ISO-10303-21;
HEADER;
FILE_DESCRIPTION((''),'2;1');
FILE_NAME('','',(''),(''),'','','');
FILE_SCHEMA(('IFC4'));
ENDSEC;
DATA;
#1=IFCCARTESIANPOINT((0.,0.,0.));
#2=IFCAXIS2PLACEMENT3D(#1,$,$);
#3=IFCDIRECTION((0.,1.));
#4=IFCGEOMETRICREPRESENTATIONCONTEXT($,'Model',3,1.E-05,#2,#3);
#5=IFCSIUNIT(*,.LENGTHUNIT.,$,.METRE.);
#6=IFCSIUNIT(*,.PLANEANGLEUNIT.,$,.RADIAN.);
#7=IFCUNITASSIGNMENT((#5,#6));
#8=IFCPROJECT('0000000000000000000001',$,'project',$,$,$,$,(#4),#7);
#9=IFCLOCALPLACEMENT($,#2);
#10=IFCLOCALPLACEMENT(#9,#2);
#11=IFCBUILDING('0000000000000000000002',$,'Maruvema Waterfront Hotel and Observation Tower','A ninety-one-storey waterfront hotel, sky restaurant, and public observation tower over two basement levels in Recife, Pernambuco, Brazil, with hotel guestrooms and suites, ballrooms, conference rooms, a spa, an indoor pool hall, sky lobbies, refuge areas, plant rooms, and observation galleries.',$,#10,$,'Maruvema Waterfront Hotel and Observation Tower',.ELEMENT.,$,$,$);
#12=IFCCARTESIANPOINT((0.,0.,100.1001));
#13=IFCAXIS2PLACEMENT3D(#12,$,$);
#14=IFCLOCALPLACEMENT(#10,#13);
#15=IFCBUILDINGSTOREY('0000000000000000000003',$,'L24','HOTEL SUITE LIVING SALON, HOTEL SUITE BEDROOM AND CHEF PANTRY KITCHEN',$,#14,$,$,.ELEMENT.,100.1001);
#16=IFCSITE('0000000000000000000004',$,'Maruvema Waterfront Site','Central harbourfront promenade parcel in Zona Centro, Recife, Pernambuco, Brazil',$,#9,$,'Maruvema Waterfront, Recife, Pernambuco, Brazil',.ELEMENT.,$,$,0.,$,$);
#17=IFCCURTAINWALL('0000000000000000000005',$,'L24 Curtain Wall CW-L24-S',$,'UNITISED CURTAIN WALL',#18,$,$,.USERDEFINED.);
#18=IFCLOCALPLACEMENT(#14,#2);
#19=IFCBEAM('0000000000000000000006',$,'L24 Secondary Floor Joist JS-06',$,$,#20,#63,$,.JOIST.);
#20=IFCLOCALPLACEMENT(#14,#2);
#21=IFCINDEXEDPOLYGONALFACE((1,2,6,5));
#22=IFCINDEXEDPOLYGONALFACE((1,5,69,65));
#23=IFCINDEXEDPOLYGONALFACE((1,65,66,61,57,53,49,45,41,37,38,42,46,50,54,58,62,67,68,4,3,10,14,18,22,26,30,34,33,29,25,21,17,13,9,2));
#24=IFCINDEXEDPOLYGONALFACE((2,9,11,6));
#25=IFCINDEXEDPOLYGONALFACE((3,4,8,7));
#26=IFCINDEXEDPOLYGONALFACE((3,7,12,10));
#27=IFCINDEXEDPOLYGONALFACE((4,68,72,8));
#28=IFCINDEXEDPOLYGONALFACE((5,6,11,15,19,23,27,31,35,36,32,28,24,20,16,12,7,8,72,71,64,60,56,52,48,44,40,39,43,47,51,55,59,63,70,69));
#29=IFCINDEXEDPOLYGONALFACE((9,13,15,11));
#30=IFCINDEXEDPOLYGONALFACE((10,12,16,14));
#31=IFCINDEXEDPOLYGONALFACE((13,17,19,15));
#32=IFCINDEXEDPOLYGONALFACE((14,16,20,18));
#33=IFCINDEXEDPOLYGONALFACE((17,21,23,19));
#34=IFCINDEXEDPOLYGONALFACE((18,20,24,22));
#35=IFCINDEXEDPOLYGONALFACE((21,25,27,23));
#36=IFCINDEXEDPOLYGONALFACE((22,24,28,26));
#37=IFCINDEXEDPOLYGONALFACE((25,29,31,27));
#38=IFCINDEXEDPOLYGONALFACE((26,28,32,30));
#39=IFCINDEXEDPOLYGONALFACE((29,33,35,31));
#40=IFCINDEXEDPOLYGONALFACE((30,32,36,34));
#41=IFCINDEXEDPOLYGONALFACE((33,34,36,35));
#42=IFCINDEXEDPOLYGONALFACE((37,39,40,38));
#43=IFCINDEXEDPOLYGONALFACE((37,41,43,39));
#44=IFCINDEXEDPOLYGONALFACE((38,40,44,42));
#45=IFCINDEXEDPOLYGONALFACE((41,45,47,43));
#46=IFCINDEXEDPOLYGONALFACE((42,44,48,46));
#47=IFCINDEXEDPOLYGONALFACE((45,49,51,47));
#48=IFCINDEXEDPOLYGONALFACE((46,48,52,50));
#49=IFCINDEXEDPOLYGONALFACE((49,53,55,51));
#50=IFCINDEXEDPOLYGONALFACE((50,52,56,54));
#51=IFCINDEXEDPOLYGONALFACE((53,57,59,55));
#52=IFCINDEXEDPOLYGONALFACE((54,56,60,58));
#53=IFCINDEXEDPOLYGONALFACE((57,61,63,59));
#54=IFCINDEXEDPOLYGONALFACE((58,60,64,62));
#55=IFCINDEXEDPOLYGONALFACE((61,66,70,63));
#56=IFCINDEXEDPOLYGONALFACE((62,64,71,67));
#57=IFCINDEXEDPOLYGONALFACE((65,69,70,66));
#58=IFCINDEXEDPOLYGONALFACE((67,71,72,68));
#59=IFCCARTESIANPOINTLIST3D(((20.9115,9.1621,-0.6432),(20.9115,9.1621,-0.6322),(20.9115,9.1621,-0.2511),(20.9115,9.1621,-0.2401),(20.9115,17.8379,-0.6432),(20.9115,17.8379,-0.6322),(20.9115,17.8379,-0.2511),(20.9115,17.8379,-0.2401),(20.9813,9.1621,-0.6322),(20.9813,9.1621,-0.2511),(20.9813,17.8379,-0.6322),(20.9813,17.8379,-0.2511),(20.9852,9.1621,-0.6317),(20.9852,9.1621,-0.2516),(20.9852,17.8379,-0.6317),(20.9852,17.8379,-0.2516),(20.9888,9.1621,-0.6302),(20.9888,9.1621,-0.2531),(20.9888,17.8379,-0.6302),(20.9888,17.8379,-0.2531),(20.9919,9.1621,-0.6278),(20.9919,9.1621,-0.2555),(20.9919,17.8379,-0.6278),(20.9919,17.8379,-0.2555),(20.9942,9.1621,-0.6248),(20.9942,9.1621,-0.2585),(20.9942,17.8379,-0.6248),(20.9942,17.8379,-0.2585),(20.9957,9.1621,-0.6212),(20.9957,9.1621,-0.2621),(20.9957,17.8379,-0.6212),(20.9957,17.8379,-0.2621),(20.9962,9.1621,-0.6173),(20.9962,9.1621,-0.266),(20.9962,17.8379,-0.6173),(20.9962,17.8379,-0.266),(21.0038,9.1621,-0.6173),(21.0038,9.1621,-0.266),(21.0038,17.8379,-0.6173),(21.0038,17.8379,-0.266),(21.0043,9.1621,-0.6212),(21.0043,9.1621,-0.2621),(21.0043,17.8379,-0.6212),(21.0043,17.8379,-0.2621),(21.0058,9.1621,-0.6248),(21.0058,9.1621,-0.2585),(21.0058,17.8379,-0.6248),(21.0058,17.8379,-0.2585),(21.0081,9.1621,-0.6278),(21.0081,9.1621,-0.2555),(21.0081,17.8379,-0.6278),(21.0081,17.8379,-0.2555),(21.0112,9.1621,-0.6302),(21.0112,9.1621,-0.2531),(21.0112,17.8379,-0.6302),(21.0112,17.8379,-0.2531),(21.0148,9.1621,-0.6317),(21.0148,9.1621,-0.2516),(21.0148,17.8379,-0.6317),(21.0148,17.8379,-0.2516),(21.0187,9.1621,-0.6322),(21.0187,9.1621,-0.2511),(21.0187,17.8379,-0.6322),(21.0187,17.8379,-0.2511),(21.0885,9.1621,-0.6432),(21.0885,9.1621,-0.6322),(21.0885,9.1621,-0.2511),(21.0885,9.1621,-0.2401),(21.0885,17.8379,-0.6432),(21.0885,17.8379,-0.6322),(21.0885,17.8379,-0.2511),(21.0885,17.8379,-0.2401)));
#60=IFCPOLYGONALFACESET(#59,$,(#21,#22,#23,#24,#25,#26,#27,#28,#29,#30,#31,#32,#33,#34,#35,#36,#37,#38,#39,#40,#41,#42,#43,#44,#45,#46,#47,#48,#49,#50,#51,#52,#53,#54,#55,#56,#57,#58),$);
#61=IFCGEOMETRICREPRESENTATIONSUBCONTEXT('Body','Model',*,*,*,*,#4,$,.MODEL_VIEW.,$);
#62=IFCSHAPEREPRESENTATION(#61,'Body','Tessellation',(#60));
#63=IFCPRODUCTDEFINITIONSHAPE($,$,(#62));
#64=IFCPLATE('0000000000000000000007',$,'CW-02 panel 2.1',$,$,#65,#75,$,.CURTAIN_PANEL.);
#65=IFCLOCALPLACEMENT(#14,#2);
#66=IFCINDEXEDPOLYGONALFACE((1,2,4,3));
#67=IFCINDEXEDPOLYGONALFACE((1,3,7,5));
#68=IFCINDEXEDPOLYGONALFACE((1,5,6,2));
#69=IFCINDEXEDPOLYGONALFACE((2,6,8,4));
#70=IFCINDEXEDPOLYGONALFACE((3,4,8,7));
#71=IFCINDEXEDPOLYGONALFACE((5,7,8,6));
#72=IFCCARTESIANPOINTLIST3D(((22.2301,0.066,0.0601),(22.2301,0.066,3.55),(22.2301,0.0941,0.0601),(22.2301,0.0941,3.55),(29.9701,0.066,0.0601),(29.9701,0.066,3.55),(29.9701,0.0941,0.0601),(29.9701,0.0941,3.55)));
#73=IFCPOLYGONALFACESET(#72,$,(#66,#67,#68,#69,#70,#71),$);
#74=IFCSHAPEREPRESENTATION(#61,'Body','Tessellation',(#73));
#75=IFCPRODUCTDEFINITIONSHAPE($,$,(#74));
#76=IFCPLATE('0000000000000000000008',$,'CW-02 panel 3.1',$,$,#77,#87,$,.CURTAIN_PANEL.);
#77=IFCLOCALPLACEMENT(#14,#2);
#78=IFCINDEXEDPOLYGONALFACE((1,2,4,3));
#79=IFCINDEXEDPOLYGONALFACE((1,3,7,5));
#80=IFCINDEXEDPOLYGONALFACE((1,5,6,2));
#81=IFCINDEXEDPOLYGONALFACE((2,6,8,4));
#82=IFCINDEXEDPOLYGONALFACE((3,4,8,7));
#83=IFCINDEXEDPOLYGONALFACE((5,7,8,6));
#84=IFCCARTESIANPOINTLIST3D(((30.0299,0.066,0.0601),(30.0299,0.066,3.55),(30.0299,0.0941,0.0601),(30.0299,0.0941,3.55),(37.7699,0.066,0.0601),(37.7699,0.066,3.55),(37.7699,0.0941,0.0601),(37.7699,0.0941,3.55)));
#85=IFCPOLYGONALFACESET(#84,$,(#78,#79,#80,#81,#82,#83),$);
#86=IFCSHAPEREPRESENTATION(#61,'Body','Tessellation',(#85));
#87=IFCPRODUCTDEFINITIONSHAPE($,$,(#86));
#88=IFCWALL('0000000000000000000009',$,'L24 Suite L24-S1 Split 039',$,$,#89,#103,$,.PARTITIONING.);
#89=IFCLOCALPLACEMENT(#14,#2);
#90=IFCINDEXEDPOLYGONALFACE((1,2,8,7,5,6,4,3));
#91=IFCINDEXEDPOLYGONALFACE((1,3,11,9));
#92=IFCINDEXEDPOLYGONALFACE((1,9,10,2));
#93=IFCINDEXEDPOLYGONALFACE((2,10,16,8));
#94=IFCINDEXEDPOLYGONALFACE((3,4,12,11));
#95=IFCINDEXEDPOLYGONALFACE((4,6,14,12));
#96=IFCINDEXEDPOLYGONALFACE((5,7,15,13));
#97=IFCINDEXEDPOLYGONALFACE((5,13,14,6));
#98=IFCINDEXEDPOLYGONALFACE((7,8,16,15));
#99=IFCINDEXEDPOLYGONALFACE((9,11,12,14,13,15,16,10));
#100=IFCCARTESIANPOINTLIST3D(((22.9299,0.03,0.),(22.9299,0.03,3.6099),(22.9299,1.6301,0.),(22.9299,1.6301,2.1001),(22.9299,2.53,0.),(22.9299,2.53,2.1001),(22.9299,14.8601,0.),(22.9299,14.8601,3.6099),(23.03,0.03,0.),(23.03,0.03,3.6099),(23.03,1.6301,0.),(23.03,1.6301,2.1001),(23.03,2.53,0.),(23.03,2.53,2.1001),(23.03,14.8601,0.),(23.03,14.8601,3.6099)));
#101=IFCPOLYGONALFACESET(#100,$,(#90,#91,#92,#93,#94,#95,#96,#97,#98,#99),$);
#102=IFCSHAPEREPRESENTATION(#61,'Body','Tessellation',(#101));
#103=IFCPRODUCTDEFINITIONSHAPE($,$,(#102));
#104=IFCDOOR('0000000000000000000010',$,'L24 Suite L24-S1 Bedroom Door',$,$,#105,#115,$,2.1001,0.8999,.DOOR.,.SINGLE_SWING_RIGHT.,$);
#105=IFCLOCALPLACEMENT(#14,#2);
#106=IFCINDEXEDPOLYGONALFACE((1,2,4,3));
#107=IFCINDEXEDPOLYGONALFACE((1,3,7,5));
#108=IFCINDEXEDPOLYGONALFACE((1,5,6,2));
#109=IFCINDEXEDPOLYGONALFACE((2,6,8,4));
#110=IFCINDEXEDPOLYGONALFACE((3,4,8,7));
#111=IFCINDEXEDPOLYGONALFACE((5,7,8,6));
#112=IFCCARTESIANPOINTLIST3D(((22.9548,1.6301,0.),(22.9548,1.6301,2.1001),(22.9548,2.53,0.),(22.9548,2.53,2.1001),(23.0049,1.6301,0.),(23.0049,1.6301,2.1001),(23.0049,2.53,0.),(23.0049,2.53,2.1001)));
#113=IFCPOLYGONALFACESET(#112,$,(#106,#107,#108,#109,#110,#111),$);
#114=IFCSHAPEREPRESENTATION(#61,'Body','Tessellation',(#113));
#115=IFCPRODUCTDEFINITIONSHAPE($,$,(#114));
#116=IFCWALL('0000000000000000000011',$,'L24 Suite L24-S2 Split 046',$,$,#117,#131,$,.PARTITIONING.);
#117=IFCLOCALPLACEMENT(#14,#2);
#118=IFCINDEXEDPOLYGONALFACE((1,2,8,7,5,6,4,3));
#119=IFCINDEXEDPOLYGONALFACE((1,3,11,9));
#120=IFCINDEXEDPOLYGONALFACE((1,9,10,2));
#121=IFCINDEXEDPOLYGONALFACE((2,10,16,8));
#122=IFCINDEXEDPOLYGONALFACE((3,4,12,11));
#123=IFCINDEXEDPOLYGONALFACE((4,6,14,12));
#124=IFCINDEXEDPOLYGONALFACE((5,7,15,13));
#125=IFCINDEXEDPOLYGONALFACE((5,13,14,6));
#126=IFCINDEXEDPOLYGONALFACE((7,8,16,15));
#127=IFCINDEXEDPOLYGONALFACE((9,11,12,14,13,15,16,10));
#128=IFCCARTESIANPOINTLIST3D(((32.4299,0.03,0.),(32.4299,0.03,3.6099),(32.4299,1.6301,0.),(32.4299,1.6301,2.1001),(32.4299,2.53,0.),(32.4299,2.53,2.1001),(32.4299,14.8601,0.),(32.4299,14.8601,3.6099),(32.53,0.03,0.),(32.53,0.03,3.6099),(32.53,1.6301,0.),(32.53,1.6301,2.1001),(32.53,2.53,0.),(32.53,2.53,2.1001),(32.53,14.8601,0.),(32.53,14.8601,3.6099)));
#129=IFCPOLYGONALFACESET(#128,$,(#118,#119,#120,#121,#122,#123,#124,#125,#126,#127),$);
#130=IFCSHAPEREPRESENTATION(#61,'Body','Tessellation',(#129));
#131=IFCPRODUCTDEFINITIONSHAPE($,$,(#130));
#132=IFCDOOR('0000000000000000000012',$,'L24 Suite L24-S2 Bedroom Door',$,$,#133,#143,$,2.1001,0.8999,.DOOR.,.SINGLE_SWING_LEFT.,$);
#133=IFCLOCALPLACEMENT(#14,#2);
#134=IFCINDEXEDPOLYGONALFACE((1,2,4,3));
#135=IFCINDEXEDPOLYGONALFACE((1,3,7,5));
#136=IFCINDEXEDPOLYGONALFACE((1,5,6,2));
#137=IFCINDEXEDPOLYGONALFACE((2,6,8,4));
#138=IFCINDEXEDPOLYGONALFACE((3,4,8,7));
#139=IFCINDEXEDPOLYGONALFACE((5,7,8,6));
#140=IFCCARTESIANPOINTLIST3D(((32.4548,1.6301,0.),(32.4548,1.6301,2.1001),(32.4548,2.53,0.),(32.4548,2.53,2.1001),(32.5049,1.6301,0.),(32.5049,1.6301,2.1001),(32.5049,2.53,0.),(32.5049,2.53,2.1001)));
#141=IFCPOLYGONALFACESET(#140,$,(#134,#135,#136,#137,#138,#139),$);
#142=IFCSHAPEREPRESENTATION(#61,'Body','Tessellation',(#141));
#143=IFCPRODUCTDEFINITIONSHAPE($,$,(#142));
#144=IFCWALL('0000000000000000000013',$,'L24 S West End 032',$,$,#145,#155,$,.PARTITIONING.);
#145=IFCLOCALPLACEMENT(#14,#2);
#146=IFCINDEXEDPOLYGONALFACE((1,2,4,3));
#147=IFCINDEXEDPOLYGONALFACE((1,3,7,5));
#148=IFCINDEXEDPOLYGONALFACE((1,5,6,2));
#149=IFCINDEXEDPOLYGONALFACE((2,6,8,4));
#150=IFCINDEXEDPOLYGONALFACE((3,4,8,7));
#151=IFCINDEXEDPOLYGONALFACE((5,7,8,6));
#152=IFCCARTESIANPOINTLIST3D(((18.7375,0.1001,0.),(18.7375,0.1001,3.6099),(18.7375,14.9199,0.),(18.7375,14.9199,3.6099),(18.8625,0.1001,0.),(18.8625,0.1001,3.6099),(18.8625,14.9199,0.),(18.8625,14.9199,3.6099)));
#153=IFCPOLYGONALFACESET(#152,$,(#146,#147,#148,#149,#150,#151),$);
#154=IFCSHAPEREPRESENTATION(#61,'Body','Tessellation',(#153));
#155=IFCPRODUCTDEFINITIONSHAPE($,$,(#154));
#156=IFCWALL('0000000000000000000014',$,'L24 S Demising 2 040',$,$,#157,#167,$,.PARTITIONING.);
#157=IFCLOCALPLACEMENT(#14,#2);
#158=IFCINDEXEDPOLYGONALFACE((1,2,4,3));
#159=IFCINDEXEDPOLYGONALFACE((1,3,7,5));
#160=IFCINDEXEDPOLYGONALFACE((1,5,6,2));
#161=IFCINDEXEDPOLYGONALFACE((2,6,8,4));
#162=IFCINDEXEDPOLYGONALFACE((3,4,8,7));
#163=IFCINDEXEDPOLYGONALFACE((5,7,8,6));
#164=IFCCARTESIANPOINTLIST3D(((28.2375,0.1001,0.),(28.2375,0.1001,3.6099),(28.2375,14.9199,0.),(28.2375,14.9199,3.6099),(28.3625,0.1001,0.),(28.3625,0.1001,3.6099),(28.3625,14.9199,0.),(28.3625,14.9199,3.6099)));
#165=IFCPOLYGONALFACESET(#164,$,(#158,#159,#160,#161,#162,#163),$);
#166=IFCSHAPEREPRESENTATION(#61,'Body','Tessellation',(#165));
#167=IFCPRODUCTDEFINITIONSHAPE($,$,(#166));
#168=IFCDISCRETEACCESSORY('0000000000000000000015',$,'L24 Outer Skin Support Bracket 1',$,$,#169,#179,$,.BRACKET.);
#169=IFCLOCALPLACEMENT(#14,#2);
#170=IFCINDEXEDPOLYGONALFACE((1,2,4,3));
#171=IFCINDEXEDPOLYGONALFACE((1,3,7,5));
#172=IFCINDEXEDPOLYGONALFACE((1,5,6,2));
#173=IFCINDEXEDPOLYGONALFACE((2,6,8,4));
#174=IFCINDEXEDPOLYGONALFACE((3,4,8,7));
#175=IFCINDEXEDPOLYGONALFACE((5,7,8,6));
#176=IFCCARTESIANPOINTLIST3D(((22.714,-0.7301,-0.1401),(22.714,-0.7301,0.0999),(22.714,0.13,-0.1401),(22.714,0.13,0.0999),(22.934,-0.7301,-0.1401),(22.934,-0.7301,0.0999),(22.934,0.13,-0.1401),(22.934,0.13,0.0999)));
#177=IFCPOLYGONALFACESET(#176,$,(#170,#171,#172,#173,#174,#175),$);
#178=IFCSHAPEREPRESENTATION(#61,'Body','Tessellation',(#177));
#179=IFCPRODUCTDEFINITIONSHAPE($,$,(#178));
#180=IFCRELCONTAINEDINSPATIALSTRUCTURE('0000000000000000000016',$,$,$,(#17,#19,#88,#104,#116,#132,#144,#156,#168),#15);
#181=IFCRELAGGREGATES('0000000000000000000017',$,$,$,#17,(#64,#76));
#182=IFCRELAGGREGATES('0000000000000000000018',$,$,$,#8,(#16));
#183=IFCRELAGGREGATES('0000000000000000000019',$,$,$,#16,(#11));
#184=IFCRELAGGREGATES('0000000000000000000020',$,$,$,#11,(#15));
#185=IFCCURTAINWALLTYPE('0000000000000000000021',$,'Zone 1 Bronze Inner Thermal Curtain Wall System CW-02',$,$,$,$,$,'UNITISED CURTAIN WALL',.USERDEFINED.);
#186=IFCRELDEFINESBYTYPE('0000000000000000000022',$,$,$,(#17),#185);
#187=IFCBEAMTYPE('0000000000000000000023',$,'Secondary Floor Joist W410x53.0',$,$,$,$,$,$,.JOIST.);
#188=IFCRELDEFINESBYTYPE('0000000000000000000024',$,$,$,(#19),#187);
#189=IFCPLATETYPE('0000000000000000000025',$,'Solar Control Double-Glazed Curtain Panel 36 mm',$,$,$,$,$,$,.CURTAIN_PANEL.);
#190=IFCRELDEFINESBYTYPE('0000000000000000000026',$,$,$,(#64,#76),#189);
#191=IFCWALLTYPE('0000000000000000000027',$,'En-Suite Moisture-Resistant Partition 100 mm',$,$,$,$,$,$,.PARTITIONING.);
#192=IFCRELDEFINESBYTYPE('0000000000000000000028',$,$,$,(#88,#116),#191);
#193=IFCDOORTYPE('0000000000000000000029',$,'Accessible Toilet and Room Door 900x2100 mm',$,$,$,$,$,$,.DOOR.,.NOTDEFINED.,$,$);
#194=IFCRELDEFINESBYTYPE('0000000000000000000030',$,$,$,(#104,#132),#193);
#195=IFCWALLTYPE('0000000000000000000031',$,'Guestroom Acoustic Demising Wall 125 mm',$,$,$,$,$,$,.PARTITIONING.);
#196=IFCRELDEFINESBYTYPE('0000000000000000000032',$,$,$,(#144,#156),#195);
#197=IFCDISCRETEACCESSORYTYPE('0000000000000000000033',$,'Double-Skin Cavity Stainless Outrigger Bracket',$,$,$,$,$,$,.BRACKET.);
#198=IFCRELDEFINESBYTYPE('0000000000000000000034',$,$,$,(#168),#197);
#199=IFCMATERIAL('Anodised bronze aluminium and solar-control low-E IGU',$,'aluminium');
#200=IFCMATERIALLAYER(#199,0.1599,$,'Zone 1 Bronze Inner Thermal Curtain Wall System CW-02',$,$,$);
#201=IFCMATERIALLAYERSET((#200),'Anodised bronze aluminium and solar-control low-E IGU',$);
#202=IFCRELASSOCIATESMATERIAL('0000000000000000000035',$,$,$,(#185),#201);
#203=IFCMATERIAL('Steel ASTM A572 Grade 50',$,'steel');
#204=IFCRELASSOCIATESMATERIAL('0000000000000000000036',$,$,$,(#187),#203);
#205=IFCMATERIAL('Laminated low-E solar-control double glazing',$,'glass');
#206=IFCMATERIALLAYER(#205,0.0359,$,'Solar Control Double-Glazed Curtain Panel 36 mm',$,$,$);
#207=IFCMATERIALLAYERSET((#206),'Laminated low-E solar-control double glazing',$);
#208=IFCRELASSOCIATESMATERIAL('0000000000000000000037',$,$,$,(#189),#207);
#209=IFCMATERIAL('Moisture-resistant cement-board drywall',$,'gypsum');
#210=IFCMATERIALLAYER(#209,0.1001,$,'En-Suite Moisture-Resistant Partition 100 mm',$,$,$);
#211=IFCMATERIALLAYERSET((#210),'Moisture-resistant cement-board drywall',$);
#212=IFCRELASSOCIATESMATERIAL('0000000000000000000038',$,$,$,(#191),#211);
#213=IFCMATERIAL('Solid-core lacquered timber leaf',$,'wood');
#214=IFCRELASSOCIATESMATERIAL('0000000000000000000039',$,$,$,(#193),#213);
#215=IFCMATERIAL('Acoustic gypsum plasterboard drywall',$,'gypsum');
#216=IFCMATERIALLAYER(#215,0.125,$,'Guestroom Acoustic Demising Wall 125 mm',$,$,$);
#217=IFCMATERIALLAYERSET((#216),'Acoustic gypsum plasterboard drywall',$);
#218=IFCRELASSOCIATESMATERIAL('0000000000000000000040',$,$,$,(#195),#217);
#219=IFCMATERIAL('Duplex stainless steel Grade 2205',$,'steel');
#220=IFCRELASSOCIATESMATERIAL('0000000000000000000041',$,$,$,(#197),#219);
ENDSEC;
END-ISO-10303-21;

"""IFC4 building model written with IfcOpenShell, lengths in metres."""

from ifc_helpers import new_model, si_unit, direction, frame, frame_2d, origin, origin_2d, place, context, subcontext, project, spatial, rectangle, i_section, extrude, material, layer, layer_set, material_profile, profile_set, type_object, element, fill, aggregate, save


model = new_model("IFC4")

# Units and contexts
model_context = context("Model", 3, precision=1e-05, world=origin(), true_north=direction((0.0, 1.0)))
body_context = subcontext(model_context, "Body", "Model", "MODEL_VIEW")
ifc_project = project(units=[si_unit("LENGTHUNIT", "METRE"), si_unit("PLANEANGLEUNIT", "RADIAN")], contexts=[model_context])

# Site, building, storey
site_placement = place(None, origin())
site = spatial("IfcSite", under=ifc_project, at=site_placement, Name="Maruvema Waterfront Site", Description="Central harbourfront promenade parcel in Zona Centro, Recife, Pernambuco, Brazil", LongName="Maruvema Waterfront, Recife, Pernambuco, Brazil", CompositionType="ELEMENT", RefElevation=0.0)
building_placement = place(site_placement, origin())
building = spatial("IfcBuilding", under=site, at=building_placement, Name="Maruvema Waterfront Hotel and Observation Tower", Description="A ninety-one-storey waterfront hotel, sky restaurant, and public observation tower over two basement levels in Recife, Pernambuco, Brazil, with hotel guestrooms and suites, ballrooms, conference rooms, a spa, an indoor pool hall, sky lobbies, refuge areas, plant rooms, and observation galleries.", LongName="Maruvema Waterfront Hotel and Observation Tower", CompositionType="ELEMENT")
storey_placement = place(building_placement, frame((0.0, 0.0, 100.1001)))
storey = spatial("IfcBuildingStorey", under=building, at=storey_placement, Name="L24", Description="HOTEL SUITE LIVING SALON, HOTEL SUITE BEDROOM AND CHEF PANTRY KITCHEN", CompositionType="ELEMENT", Elevation=100.1001)

# Curtain wall
ifc_material_1 = material(Name="Anodised bronze aluminium and solar-control low-E IGU", Category="aluminium")
ifc_layer_1 = layer(ifc_material_1, 0.1599, Name="Zone 1 Bronze Inner Thermal Curtain Wall System CW-02")
ifc_layer_set_1 = layer_set([ifc_layer_1], Name="Anodised bronze aluminium and solar-control low-E IGU")
curtain_wall_type = type_object("IfcCurtainWallType", Name="Zone 1 Bronze Inner Thermal Curtain Wall System CW-02", ElementType="UNITISED CURTAIN WALL", PredefinedType="USERDEFINED", material=ifc_layer_set_1)
curtain_wall_placement = place(storey_placement, origin())
curtain_wall = element("IfcCurtainWall", 1, at=curtain_wall_placement, inside=storey, type_object=curtain_wall_type, Name="L24 Curtain Wall CW-L24-S", ObjectType="UNITISED CURTAIN WALL", PredefinedType="USERDEFINED")

# Beam
ifc_material_2 = material(Name="Steel ASTM A572 Grade 50", Category="steel")
ifc_material_profile_1 = material_profile(ifc_material_2, i_section(OverallWidth=0.177, OverallDepth=0.4031, WebThickness=0.0076, FlangeThickness=0.011, FilletRadius=0.0149, at=origin_2d()), Name="W410x53.0")
ifc_profile_set_1 = profile_set([ifc_material_profile_1], Name="Steel ASTM A572 Grade 50")
beam_type_1 = type_object("IfcBeamType", Name="Secondary Floor Joist W410x53.0", PredefinedType="JOIST", material=ifc_profile_set_1)
beam_1_placement = place(storey_placement, frame((21.0, 9.1621, -0.4417), z_axis=(0.0, 1.0, 0.0), x_axis=(-1.0, 0.0, 0.0)))
element("IfcBeam", 2, at=beam_1_placement, inside=storey, type_object=beam_type_1, Name="L24 Secondary Floor Joist JS-06", PredefinedType="JOIST", context=body_context, shape_type="SweptSolid", body=[
    extrude(i_section(OverallWidth=0.177, OverallDepth=0.4031, WebThickness=0.0076, FlangeThickness=0.011, FilletRadius=0.0149, at=origin_2d()), origin(), (0.0, 0.0, 1.0), 8.6758),
])

# Plates
ifc_material_3 = material(Name="Laminated low-E solar-control double glazing", Category="glass")
ifc_layer_2 = layer(ifc_material_3, 0.0359, Name="Solar Control Double-Glazed Curtain Panel 36 mm")
ifc_layer_set_2 = layer_set([ifc_layer_2], Name="Laminated low-E solar-control double glazing")
plate_type = type_object("IfcPlateType", Name="Solar Control Double-Glazed Curtain Panel 36 mm", PredefinedType="CURTAIN_PANEL", material=ifc_layer_set_2)
plate_1_placement = place(storey_placement, frame((26.1001, 0.0801, 0.0601), z_axis=(0.0, 0.0, 1.0), x_axis=(1.0, 0.0, 0.0)))
plate_1 = element("IfcPlate", 3, at=plate_1_placement, type_object=plate_type, Name="CW-02 panel 2.1", PredefinedType="CURTAIN_PANEL", context=body_context, shape_type="SweptSolid", body=[
    extrude(rectangle(XDim=7.74, YDim=0.0281, at=origin_2d()), origin(), (0.0, 0.0, 1.0), 3.49),
])
plate_2_placement = place(storey_placement, frame((33.8999, 0.0801, 0.0601), z_axis=(0.0, 0.0, 1.0), x_axis=(1.0, 0.0, 0.0)))
plate_2 = element("IfcPlate", 4, at=plate_2_placement, type_object=plate_type, Name="CW-02 panel 3.1", PredefinedType="CURTAIN_PANEL", context=body_context, shape_type="SweptSolid", body=[
    extrude(rectangle(XDim=7.74, YDim=0.0281, at=origin_2d()), origin(), (0.0, 0.0, 1.0), 3.49),
])
aggregate(curtain_wall, [plate_1, plate_2])

# Walls, openings, doors
ifc_material_4 = material(Name="Moisture-resistant cement-board drywall", Category="gypsum")
ifc_layer_3 = layer(ifc_material_4, 0.1001, Name="En-Suite Moisture-Resistant Partition 100 mm")
ifc_layer_set_3 = layer_set([ifc_layer_3], Name="Moisture-resistant cement-board drywall")
wall_type_1 = type_object("IfcWallType", Name="En-Suite Moisture-Resistant Partition 100 mm", PredefinedType="PARTITIONING", material=ifc_layer_set_3)
wall_1_placement = place(storey_placement, frame((22.98, 0.03, 0.0), z_axis=(0.0, 0.0, 1.0), x_axis=(0.0, 1.0, 0.0)))
wall_1 = element("IfcWall", 5, at=wall_1_placement, inside=storey, type_object=wall_type_1, Name="L24 Suite L24-S1 Split 039", PredefinedType="PARTITIONING", context=body_context, shape_type="SweptSolid", body=[
    extrude(rectangle(XDim=14.8301, YDim=0.1001, at=frame_2d((7.415, 0.0))), origin(), (0.0, 0.0, 1.0), 3.6099),
])
opening_1_placement = place(wall_1_placement, frame((1.6001, 0.0, 0.0)))
opening_1 = element("IfcOpeningElement", 6, at=opening_1_placement, cuts=wall_1, PredefinedType="OPENING", context=body_context, shape_type="SweptSolid", body=[
    extrude(rectangle(XDim=0.8999, YDim=2.1001, at=frame_2d((0.45, 1.05))), frame((0.0, 0.0601, 0.0), z_axis=(0.0, -1.0, 0.0), x_axis=(1.0, 0.0, 0.0)), (0.0, 0.0, 1.0), 0.1201),
])
ifc_material_5 = material(Name="Solid-core lacquered timber leaf", Category="wood")
door_type = type_object("IfcDoorType", Name="Accessible Toilet and Room Door 900x2100 mm", OperationType="NOTDEFINED", PredefinedType="DOOR", material=ifc_material_5)
door_1_placement = place(opening_1_placement, frame((0.8999, 0.0, 0.0), z_axis=(0.0, 0.0, 1.0), x_axis=(-1.0, 0.0, 0.0)))
door_1 = element("IfcDoor", 7, at=door_1_placement, inside=storey, type_object=door_type, Name="L24 Suite L24-S1 Bedroom Door", OperationType="SINGLE_SWING_RIGHT", OverallHeight=2.1001, OverallWidth=0.8999, PredefinedType="DOOR", context=body_context, shape_type="SweptSolid", body=[
    extrude(rectangle(XDim=0.8999, YDim=2.1001, at=frame_2d((0.45, 1.05))), frame((0.0, 0.0249, 0.0), z_axis=(0.0, -1.0, 0.0), x_axis=(1.0, 0.0, 0.0)), (0.0, 0.0, 1.0), 0.05),
])
fill(opening_1, door_1)
wall_2_placement = place(storey_placement, frame((32.48, 0.03, 0.0), z_axis=(0.0, 0.0, 1.0), x_axis=(0.0, 1.0, 0.0)))
wall_2 = element("IfcWall", 8, at=wall_2_placement, inside=storey, type_object=wall_type_1, Name="L24 Suite L24-S2 Split 046", PredefinedType="PARTITIONING", context=body_context, shape_type="SweptSolid", body=[
    extrude(rectangle(XDim=14.8301, YDim=0.1001, at=frame_2d((7.415, 0.0))), origin(), (0.0, 0.0, 1.0), 3.6099),
])
opening_2_placement = place(wall_2_placement, frame((1.6001, 0.0, 0.0)))
opening_2 = element("IfcOpeningElement", 9, at=opening_2_placement, cuts=wall_2, PredefinedType="OPENING", context=body_context, shape_type="SweptSolid", body=[
    extrude(rectangle(XDim=0.8999, YDim=2.1001, at=frame_2d((0.45, 1.05))), frame((0.0, 0.0601, 0.0), z_axis=(0.0, -1.0, 0.0), x_axis=(1.0, 0.0, 0.0)), (0.0, 0.0, 1.0), 0.1201),
])
door_2_placement = place(opening_2_placement, frame((0.8999, 0.0, 0.0), z_axis=(0.0, 0.0, 1.0), x_axis=(-1.0, 0.0, 0.0)))
door_2 = element("IfcDoor", 10, at=door_2_placement, inside=storey, type_object=door_type, Name="L24 Suite L24-S2 Bedroom Door", OperationType="SINGLE_SWING_LEFT", OverallHeight=2.1001, OverallWidth=0.8999, PredefinedType="DOOR", context=body_context, shape_type="SweptSolid", body=[
    extrude(rectangle(XDim=0.8999, YDim=2.1001, at=frame_2d((0.45, 1.05))), frame((0.0, 0.0249, 0.0), z_axis=(0.0, -1.0, 0.0), x_axis=(1.0, 0.0, 0.0)), (0.0, 0.0, 1.0), 0.05),
])
fill(opening_2, door_2)

# Walls
ifc_material_6 = material(Name="Acoustic gypsum plasterboard drywall", Category="gypsum")
ifc_layer_4 = layer(ifc_material_6, 0.125, Name="Guestroom Acoustic Demising Wall 125 mm")
ifc_layer_set_4 = layer_set([ifc_layer_4], Name="Acoustic gypsum plasterboard drywall")
wall_type_2 = type_object("IfcWallType", Name="Guestroom Acoustic Demising Wall 125 mm", PredefinedType="PARTITIONING", material=ifc_layer_set_4)
for number, where, z_axis, x_axis, name in (
    (11, (18.8, 0.1001, 0.0), (0.0, 0.0, 1.0), (0.0, 1.0, 0.0), "L24 S West End 032"),
    (12, (28.3, 0.1001, 0.0), (0.0, 0.0, 1.0), (0.0, 1.0, 0.0), "L24 S Demising 2 040"),
):
    element("IfcWall", number, at=place(storey_placement, frame(where, z_axis=z_axis, x_axis=x_axis)), inside=storey, type_object=wall_type_2, Name=name, PredefinedType="PARTITIONING", context=body_context, shape_type="SweptSolid", body=[
        extrude(rectangle(XDim=14.8198, YDim=0.125, at=frame_2d((7.4099, 0.0))), origin(), (0.0, 0.0, 1.0), 3.6099),
    ])

# Discrete accessory
ifc_material_7 = material(Name="Duplex stainless steel Grade 2205", Category="steel")
discrete_accessory_type = type_object("IfcDiscreteAccessoryType", Name="Double-Skin Cavity Stainless Outrigger Bracket", PredefinedType="BRACKET", material=ifc_material_7)
discrete_accessory_placement = place(storey_placement, frame((22.824, -0.3, -0.1401), z_axis=(0.0, 0.0, 1.0), x_axis=(1.0, 0.0, 0.0)))
element("IfcDiscreteAccessory", 13, at=discrete_accessory_placement, inside=storey, type_object=discrete_accessory_type, Name="L24 Outer Skin Support Bracket 1", PredefinedType="BRACKET", context=body_context, shape_type="SweptSolid", body=[
    extrude(rectangle(XDim=0.22, YDim=0.8601, at=origin_2d()), origin(), (0.0, 0.0, 1.0), 0.24),
])

save(model, "model.ifc")
